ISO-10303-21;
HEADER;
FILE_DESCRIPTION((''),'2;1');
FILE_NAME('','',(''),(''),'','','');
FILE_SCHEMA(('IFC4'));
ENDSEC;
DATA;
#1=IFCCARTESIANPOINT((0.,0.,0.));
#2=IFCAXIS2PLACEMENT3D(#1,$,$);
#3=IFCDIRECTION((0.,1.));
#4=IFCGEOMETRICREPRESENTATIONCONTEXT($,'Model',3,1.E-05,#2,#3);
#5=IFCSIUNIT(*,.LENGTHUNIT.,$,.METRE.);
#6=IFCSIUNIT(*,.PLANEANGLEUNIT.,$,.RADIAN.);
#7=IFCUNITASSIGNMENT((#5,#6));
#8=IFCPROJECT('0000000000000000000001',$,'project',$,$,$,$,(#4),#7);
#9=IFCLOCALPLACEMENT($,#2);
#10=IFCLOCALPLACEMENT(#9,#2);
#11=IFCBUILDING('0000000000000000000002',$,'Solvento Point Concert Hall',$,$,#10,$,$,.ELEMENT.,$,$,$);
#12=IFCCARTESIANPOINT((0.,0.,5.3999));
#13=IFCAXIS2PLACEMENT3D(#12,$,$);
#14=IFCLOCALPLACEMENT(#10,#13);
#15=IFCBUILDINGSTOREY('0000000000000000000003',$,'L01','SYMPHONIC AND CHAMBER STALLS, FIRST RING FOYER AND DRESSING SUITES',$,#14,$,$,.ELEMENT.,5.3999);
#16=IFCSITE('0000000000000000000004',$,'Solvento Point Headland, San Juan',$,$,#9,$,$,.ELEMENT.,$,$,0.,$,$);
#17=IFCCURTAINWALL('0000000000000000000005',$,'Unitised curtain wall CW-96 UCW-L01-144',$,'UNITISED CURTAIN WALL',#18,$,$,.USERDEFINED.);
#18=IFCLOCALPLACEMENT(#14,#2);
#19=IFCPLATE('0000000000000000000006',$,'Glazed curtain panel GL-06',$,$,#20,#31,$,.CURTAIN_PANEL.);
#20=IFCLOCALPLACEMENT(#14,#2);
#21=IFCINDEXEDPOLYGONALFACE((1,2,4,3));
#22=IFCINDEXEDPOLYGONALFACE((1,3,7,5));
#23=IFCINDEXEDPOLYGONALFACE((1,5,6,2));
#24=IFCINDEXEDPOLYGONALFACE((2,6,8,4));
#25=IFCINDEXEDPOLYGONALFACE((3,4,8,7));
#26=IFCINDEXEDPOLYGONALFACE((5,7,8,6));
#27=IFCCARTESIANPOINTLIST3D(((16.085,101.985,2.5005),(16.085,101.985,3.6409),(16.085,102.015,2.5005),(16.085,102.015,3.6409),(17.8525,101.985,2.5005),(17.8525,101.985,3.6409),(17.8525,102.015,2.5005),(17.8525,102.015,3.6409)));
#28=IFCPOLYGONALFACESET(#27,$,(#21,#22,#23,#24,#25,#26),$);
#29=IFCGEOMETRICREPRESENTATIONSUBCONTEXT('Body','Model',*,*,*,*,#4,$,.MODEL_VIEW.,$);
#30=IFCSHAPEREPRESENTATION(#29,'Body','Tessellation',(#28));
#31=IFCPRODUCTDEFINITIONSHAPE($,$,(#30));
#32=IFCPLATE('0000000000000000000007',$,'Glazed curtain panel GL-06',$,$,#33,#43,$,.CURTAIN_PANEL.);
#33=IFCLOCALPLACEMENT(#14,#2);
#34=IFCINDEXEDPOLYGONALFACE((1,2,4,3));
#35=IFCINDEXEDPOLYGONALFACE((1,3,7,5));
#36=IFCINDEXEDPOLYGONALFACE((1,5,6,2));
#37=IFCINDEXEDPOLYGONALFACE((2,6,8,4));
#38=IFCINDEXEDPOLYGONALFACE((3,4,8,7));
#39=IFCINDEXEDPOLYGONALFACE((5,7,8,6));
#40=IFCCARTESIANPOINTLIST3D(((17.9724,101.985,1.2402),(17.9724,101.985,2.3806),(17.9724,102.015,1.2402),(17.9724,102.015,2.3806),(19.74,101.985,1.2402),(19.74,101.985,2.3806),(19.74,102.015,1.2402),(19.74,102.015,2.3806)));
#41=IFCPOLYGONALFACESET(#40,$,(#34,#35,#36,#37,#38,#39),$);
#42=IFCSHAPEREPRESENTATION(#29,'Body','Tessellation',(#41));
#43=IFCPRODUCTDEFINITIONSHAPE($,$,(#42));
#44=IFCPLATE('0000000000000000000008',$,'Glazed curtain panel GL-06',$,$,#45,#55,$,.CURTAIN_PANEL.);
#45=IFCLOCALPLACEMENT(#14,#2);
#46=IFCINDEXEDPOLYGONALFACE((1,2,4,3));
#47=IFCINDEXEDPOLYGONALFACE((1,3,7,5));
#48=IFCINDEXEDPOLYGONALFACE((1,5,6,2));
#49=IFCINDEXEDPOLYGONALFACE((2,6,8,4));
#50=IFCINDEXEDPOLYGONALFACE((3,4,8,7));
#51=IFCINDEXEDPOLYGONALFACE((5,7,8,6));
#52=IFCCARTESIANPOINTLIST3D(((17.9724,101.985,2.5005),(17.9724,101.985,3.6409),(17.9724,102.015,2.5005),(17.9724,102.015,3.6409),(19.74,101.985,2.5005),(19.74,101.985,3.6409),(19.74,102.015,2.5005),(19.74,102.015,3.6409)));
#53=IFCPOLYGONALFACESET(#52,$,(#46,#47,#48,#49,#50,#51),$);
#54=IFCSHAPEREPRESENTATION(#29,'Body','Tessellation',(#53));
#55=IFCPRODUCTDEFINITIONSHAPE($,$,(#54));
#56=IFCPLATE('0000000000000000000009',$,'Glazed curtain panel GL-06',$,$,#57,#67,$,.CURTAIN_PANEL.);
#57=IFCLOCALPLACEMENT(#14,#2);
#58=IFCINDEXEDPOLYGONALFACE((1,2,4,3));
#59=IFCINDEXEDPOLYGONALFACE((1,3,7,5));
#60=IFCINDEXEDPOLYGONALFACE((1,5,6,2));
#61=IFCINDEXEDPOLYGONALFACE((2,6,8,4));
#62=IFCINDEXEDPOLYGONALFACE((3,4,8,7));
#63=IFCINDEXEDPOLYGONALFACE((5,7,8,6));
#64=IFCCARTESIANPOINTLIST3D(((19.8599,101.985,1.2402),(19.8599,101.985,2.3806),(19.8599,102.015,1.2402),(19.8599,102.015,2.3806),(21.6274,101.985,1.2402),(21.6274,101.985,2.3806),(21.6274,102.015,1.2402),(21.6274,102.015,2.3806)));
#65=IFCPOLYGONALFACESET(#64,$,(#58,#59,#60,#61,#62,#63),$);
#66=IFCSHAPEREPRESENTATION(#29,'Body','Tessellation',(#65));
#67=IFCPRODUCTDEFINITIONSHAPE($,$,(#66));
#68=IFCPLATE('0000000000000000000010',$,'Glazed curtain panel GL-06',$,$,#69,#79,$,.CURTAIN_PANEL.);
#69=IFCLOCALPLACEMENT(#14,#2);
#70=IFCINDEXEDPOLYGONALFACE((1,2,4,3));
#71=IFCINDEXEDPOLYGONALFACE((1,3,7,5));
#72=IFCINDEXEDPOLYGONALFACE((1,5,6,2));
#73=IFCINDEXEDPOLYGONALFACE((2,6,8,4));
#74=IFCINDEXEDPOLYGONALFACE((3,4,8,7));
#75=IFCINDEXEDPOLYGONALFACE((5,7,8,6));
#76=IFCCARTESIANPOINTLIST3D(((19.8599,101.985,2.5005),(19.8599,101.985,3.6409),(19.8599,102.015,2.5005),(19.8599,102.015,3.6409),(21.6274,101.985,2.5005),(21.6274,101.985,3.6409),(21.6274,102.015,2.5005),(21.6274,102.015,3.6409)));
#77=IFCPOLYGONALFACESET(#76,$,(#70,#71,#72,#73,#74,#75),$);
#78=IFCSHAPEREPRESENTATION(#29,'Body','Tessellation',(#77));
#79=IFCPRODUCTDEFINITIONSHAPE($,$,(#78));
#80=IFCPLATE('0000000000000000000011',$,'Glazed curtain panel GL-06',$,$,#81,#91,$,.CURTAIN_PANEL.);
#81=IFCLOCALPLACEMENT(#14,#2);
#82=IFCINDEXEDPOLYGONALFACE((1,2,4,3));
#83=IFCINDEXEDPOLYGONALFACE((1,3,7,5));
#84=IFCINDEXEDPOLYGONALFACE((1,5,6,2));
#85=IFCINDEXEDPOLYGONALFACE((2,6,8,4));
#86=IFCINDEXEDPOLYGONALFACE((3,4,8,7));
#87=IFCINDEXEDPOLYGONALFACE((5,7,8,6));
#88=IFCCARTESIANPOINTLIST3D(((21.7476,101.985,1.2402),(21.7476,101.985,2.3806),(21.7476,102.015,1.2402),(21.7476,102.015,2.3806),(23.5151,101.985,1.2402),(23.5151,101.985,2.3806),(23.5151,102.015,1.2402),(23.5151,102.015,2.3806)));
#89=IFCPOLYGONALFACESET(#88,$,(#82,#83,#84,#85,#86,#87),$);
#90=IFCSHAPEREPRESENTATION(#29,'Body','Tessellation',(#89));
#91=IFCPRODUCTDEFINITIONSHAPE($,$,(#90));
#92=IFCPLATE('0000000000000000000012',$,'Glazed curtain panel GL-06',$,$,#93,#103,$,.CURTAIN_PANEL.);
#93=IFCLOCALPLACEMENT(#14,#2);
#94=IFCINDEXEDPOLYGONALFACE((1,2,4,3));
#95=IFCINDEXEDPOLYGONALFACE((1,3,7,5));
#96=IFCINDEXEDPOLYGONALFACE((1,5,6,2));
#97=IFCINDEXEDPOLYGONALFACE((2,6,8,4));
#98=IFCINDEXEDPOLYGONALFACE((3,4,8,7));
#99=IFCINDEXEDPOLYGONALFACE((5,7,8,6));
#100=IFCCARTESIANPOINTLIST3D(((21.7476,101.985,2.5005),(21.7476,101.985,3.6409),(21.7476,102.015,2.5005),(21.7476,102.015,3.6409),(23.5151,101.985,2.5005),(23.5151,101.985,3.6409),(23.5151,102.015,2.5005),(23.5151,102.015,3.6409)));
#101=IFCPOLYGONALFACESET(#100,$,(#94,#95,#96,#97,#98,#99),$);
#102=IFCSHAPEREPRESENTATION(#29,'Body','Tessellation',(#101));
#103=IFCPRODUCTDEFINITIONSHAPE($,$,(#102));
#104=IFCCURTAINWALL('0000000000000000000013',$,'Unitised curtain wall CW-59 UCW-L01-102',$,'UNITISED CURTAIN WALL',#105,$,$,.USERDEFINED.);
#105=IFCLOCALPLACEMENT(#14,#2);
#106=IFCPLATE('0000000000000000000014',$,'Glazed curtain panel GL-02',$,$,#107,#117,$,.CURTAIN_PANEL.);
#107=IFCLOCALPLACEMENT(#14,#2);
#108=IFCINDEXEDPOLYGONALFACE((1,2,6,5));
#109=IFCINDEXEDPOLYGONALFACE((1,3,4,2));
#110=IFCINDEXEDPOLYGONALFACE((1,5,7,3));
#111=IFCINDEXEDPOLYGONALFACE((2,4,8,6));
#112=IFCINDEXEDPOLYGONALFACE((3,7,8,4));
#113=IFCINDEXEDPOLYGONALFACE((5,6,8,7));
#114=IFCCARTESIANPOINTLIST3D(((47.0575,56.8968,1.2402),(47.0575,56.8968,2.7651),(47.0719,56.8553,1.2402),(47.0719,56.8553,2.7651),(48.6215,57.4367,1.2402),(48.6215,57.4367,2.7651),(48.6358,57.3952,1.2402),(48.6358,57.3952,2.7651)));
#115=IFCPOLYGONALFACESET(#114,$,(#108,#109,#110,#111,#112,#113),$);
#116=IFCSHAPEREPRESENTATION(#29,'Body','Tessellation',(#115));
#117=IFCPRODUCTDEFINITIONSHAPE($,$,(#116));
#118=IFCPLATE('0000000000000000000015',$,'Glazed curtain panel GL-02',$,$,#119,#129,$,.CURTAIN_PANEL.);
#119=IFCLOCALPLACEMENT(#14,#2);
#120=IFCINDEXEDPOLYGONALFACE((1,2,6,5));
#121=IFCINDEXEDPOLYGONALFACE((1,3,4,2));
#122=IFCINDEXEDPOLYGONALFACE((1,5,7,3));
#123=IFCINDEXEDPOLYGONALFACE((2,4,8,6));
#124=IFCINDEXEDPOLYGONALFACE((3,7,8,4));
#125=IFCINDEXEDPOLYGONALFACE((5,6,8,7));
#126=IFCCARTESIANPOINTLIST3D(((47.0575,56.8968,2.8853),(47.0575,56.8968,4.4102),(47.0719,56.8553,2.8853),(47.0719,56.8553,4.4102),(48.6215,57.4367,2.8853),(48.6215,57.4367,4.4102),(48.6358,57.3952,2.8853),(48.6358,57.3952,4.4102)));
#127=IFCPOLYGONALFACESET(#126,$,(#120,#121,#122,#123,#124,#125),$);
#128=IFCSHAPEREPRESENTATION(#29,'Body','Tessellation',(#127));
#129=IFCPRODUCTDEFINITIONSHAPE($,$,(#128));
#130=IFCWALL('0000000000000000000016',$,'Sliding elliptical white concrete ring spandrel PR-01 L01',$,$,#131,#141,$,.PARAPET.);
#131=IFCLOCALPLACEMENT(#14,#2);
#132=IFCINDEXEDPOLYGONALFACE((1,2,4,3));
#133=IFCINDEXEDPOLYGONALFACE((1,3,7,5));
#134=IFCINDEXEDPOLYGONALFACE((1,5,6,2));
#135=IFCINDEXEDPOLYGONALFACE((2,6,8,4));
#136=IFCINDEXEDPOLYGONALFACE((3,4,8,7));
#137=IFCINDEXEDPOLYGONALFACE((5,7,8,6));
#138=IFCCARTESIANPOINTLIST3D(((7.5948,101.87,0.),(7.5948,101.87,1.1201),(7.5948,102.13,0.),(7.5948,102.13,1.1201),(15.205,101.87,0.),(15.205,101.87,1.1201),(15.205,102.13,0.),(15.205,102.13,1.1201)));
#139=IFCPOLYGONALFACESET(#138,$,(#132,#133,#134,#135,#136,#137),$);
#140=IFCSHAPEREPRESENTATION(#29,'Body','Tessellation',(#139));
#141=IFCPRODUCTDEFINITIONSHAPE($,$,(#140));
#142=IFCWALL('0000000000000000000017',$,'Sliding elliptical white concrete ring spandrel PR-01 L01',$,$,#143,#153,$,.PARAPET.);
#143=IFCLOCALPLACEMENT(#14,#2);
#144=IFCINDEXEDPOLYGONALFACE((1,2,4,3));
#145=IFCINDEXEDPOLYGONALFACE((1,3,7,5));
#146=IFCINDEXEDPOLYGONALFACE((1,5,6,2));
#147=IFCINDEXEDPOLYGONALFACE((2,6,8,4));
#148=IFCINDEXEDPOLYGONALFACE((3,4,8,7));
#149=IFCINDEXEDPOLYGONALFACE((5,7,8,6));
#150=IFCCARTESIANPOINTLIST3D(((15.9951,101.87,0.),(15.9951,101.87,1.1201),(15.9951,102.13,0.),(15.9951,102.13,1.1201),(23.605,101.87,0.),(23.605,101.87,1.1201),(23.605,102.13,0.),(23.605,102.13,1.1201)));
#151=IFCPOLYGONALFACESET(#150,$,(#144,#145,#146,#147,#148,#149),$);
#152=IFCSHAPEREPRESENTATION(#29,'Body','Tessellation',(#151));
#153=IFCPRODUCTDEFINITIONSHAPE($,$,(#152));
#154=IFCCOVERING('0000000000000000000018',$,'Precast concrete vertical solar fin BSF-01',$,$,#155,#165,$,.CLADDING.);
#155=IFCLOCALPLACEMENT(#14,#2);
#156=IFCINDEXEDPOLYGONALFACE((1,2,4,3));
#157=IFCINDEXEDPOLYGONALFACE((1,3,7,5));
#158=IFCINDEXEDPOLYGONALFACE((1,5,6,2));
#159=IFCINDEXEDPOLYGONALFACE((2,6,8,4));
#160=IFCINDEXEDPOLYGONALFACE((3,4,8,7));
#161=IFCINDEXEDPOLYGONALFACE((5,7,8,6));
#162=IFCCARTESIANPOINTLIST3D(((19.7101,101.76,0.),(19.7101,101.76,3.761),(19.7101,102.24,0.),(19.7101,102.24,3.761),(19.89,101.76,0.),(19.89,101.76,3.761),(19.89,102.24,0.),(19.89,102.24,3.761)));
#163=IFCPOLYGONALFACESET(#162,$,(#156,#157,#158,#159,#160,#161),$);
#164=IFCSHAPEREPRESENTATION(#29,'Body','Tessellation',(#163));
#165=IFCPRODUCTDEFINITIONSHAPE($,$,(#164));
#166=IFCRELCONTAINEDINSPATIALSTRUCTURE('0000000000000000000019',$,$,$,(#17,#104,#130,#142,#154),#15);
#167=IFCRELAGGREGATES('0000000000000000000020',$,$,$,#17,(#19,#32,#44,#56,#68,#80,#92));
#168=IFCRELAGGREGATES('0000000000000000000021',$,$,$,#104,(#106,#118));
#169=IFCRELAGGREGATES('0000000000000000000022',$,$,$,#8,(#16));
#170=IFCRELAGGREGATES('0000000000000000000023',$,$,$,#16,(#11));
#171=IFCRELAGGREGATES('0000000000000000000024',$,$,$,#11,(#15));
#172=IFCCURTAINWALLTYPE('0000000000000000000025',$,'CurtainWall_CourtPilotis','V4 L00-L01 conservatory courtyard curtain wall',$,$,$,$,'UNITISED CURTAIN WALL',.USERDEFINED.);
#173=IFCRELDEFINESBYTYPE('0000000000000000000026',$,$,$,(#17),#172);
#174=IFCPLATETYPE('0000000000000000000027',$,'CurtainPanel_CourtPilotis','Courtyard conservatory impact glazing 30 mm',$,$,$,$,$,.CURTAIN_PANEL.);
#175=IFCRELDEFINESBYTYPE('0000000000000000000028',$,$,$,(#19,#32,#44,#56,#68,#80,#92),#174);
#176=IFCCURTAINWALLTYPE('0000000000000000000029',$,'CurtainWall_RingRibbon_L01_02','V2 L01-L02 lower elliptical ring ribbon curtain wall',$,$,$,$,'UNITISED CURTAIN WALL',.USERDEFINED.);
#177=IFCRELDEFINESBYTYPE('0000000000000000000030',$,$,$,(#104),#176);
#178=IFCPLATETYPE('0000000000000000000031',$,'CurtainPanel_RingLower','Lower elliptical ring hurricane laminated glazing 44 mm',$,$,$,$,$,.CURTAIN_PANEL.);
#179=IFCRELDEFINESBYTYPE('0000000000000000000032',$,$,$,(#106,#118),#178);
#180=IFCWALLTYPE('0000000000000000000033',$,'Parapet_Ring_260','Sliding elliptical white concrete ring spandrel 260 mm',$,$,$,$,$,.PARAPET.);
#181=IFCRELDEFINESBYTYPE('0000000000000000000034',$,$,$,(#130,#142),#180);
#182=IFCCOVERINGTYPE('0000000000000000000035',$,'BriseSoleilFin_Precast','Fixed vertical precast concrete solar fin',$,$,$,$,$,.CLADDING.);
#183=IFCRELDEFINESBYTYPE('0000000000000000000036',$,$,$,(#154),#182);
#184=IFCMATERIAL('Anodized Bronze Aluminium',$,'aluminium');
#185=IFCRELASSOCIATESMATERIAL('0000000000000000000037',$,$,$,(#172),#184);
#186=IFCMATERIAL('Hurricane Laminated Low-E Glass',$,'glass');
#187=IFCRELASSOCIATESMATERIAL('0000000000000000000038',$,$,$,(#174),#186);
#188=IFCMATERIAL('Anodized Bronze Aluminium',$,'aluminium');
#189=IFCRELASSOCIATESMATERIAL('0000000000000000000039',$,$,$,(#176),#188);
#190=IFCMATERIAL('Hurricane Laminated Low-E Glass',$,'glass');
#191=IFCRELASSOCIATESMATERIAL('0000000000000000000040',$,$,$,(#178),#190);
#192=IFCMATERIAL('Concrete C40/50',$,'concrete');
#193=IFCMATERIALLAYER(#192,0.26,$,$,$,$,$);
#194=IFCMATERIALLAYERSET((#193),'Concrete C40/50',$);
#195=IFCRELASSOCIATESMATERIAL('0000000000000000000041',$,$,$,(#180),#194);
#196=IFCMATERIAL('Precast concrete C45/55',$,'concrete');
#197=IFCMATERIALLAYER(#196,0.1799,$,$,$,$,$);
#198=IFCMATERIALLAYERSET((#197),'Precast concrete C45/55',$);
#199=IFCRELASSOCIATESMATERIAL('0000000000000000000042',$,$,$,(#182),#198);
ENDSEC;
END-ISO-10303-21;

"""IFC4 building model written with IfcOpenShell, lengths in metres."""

from ifc_helpers import new_model, si_unit, direction, frame, frame_2d, origin, origin_2d, place, context, subcontext, project, spatial, rectangle, extrude, material, layer, layer_set, type_object, element, aggregate, save


model = new_model("IFC4")

# Units and contexts
model_context = context("Model", 3, precision=1e-05, world=origin(), true_north=direction((0.0, 1.0)))
body_context = subcontext(model_context, "Body", "Model", "MODEL_VIEW")
ifc_project = project(units=[si_unit("LENGTHUNIT", "METRE"), si_unit("PLANEANGLEUNIT", "RADIAN")], contexts=[model_context])

# Site, building, storey
site_placement = place(None, origin())
site = spatial("IfcSite", under=ifc_project, at=site_placement, Name="Solvento Point Headland, San Juan", CompositionType="ELEMENT", RefElevation=0.0)
building_placement = place(site_placement, origin())
building = spatial("IfcBuilding", under=site, at=building_placement, Name="Solvento Point Concert Hall", CompositionType="ELEMENT")
storey_placement = place(building_placement, frame((0.0, 0.0, 5.3999)))
storey = spatial("IfcBuildingStorey", under=building, at=storey_placement, Name="L01", Description="SYMPHONIC AND CHAMBER STALLS, FIRST RING FOYER AND DRESSING SUITES", CompositionType="ELEMENT", Elevation=5.3999)

# Curtain wall
ifc_material_1 = material(Name="Anodized Bronze Aluminium", Category="aluminium")
curtain_wall_type_1 = type_object("IfcCurtainWallType", Name="CurtainWall_CourtPilotis", Description="V4 L00-L01 conservatory courtyard curtain wall", ElementType="UNITISED CURTAIN WALL", PredefinedType="USERDEFINED", material=ifc_material_1)
curtain_wall_1_placement = place(storey_placement, origin())
curtain_wall_1 = element("IfcCurtainWall", 1, at=curtain_wall_1_placement, inside=storey, type_object=curtain_wall_type_1, Name="Unitised curtain wall CW-96 UCW-L01-144", ObjectType="UNITISED CURTAIN WALL", PredefinedType="USERDEFINED")

# Plates
ifc_material_2 = material(Name="Hurricane Laminated Low-E Glass", Category="glass")
plate_type_1 = type_object("IfcPlateType", Name="CurtainPanel_CourtPilotis", Description="Courtyard conservatory impact glazing 30 mm", PredefinedType="CURTAIN_PANEL", material=ifc_material_2)
plate_1_placement = place(storey_placement, frame((16.9688, 102.0, 2.5005), z_axis=(0.0, 0.0, 1.0), x_axis=(1.0, 0.0, 0.0)))
plate_1 = element("IfcPlate", 2, at=plate_1_placement, type_object=plate_type_1, Name="Glazed curtain panel GL-06", PredefinedType="CURTAIN_PANEL", context=body_context, shape_type="SweptSolid", body=[
    extrude(rectangle(XDim=1.7676, YDim=0.03, at=origin_2d()), origin(), (0.0, 0.0, 1.0), 1.1404),
])
plate_2_placement = place(storey_placement, frame((18.8562, 102.0, 1.2402), z_axis=(0.0, 0.0, 1.0), x_axis=(1.0, 0.0, 0.0)))
plate_2 = element("IfcPlate", 3, at=plate_2_placement, type_object=plate_type_1, Name="Glazed curtain panel GL-06", PredefinedType="CURTAIN_PANEL", context=body_context, shape_type="SweptSolid", body=[
    extrude(rectangle(XDim=1.7676, YDim=0.03, at=origin_2d()), origin(), (0.0, 0.0, 1.0), 1.1404),
])
plate_3_placement = place(storey_placement, frame((18.8562, 102.0, 2.5005), z_axis=(0.0, 0.0, 1.0), x_axis=(1.0, 0.0, 0.0)))
plate_3 = element("IfcPlate", 4, at=plate_3_placement, type_object=plate_type_1, Name="Glazed curtain panel GL-06", PredefinedType="CURTAIN_PANEL", context=body_context, shape_type="SweptSolid", body=[
    extrude(rectangle(XDim=1.7676, YDim=0.03, at=origin_2d()), origin(), (0.0, 0.0, 1.0), 1.1404),
])
plate_4_placement = place(storey_placement, frame((20.7437, 102.0, 1.2402), z_axis=(0.0, 0.0, 1.0), x_axis=(1.0, 0.0, 0.0)))
plate_4 = element("IfcPlate", 5, at=plate_4_placement, type_object=plate_type_1, Name="Glazed curtain panel GL-06", PredefinedType="CURTAIN_PANEL", context=body_context, shape_type="SweptSolid", body=[
    extrude(rectangle(XDim=1.7676, YDim=0.03, at=origin_2d()), origin(), (0.0, 0.0, 1.0), 1.1404),
])
plate_5_placement = place(storey_placement, frame((20.7437, 102.0, 2.5005), z_axis=(0.0, 0.0, 1.0), x_axis=(1.0, 0.0, 0.0)))
plate_5 = element("IfcPlate", 6, at=plate_5_placement, type_object=plate_type_1, Name="Glazed curtain panel GL-06", PredefinedType="CURTAIN_PANEL", context=body_context, shape_type="SweptSolid", body=[
    extrude(rectangle(XDim=1.7676, YDim=0.03, at=origin_2d()), origin(), (0.0, 0.0, 1.0), 1.1404),
])
plate_6_placement = place(storey_placement, frame((22.6313, 102.0, 1.2402), z_axis=(0.0, 0.0, 1.0), x_axis=(1.0, 0.0, 0.0)))
plate_6 = element("IfcPlate", 7, at=plate_6_placement, type_object=plate_type_1, Name="Glazed curtain panel GL-06", PredefinedType="CURTAIN_PANEL", context=body_context, shape_type="SweptSolid", body=[
    extrude(rectangle(XDim=1.7676, YDim=0.03, at=origin_2d()), origin(), (0.0, 0.0, 1.0), 1.1404),
])
plate_7_placement = place(storey_placement, frame((22.6313, 102.0, 2.5005), z_axis=(0.0, 0.0, 1.0), x_axis=(1.0, 0.0, 0.0)))
plate_7 = element("IfcPlate", 8, at=plate_7_placement, type_object=plate_type_1, Name="Glazed curtain panel GL-06", PredefinedType="CURTAIN_PANEL", context=body_context, shape_type="SweptSolid", body=[
    extrude(rectangle(XDim=1.7676, YDim=0.03, at=origin_2d()), origin(), (0.0, 0.0, 1.0), 1.1404),
])
aggregate(curtain_wall_1, [plate_1, plate_2, plate_3, plate_4, plate_5, plate_6, plate_7])

# Curtain wall, plates
ifc_material_3 = material(Name="Anodized Bronze Aluminium", Category="aluminium")
curtain_wall_type_2 = type_object("IfcCurtainWallType", Name="CurtainWall_RingRibbon_L01_02", Description="V2 L01-L02 lower elliptical ring ribbon curtain wall", ElementType="UNITISED CURTAIN WALL", PredefinedType="USERDEFINED", material=ifc_material_3)
curtain_wall_2_placement = place(storey_placement, origin())
curtain_wall_2 = element("IfcCurtainWall", 9, at=curtain_wall_2_placement, inside=storey, type_object=curtain_wall_type_2, Name="Unitised curtain wall CW-59 UCW-L01-102", ObjectType="UNITISED CURTAIN WALL", PredefinedType="USERDEFINED")
ifc_material_4 = material(Name="Hurricane Laminated Low-E Glass", Category="glass")
plate_type_2 = type_object("IfcPlateType", Name="CurtainPanel_RingLower", Description="Lower elliptical ring hurricane laminated glazing 44 mm", PredefinedType="CURTAIN_PANEL", material=ifc_material_4)
plate_8_placement = place(storey_placement, frame((47.8467, 57.146, 1.2402), z_axis=(0.0, 0.0, 1.0), x_axis=(0.945271, 0.326286, 0.0)))
plate_8 = element("IfcPlate", 10, at=plate_8_placement, type_object=plate_type_2, Name="Glazed curtain panel GL-02", PredefinedType="CURTAIN_PANEL", context=body_context, shape_type="SweptSolid", body=[
    extrude(rectangle(XDim=1.6545, YDim=0.0439, at=origin_2d()), origin(), (0.0, 0.0, 1.0), 1.5249),
])
plate_9_placement = place(storey_placement, frame((47.8467, 57.146, 2.8853), z_axis=(0.0, 0.0, 1.0), x_axis=(0.945271, 0.326286, 0.0)))
plate_9 = element("IfcPlate", 11, at=plate_9_placement, type_object=plate_type_2, Name="Glazed curtain panel GL-02", PredefinedType="CURTAIN_PANEL", context=body_context, shape_type="SweptSolid", body=[
    extrude(rectangle(XDim=1.6545, YDim=0.0439, at=origin_2d()), origin(), (0.0, 0.0, 1.0), 1.5249),
])
aggregate(curtain_wall_2, [plate_8, plate_9])

# Walls
ifc_material_5 = material(Name="Concrete C40/50", Category="concrete")
ifc_layer_1 = layer(ifc_material_5, 0.26)
ifc_layer_set_1 = layer_set([ifc_layer_1], Name="Concrete C40/50")
wall_type = type_object("IfcWallType", Name="Parapet_Ring_260", Description="Sliding elliptical white concrete ring spandrel 260 mm", PredefinedType="PARAPET", material=ifc_layer_set_1)
wall_1_placement = place(storey_placement, frame((15.2051, 102.0, 0.0), z_axis=(0.0, 0.0, 1.0), x_axis=(-1.0, 0.0, 0.0)))
element("IfcWall", 12, at=wall_1_placement, inside=storey, type_object=wall_type, Name="Sliding elliptical white concrete ring spandrel PR-01 L01", PredefinedType="PARAPET", context=body_context, shape_type="SweptSolid", body=[
    extrude(rectangle(XDim=7.6101, YDim=0.26, at=frame_2d((3.8052, 0.0))), origin(), (0.0, 0.0, 1.0), 1.1201),
])
wall_2_placement = place(storey_placement, frame((23.605, 102.0, 0.0), z_axis=(0.0, 0.0, 1.0), x_axis=(-1.0, 0.0, 0.0)))
element("IfcWall", 13, at=wall_2_placement, inside=storey, type_object=wall_type, Name="Sliding elliptical white concrete ring spandrel PR-01 L01", PredefinedType="PARAPET", context=body_context, shape_type="SweptSolid", body=[
    extrude(rectangle(XDim=7.6099, YDim=0.26, at=frame_2d((3.8049, 0.0))), origin(), (0.0, 0.0, 1.0), 1.1201),
])

# Covering
ifc_material_6 = material(Name="Precast concrete C45/55", Category="concrete")
ifc_layer_2 = layer(ifc_material_6, 0.1799)
ifc_layer_set_2 = layer_set([ifc_layer_2], Name="Precast concrete C45/55")
covering_type = type_object("IfcCoveringType", Name="BriseSoleilFin_Precast", Description="Fixed vertical precast concrete solar fin", PredefinedType="CLADDING", material=ifc_layer_set_2)
covering_placement = place(storey_placement, frame((19.8, 102.0, 0.0), z_axis=(0.0, 0.0, 1.0), x_axis=(1.0, 0.0, 0.0)))
element("IfcCovering", 14, at=covering_placement, inside=storey, type_object=covering_type, Name="Precast concrete vertical solar fin BSF-01", PredefinedType="CLADDING", context=body_context, shape_type="SweptSolid", body=[
    extrude(rectangle(XDim=0.1799, YDim=0.48, at=origin_2d()), origin(), (0.0, 0.0, 1.0), 3.761),
])

save(model, "model.ifc")
